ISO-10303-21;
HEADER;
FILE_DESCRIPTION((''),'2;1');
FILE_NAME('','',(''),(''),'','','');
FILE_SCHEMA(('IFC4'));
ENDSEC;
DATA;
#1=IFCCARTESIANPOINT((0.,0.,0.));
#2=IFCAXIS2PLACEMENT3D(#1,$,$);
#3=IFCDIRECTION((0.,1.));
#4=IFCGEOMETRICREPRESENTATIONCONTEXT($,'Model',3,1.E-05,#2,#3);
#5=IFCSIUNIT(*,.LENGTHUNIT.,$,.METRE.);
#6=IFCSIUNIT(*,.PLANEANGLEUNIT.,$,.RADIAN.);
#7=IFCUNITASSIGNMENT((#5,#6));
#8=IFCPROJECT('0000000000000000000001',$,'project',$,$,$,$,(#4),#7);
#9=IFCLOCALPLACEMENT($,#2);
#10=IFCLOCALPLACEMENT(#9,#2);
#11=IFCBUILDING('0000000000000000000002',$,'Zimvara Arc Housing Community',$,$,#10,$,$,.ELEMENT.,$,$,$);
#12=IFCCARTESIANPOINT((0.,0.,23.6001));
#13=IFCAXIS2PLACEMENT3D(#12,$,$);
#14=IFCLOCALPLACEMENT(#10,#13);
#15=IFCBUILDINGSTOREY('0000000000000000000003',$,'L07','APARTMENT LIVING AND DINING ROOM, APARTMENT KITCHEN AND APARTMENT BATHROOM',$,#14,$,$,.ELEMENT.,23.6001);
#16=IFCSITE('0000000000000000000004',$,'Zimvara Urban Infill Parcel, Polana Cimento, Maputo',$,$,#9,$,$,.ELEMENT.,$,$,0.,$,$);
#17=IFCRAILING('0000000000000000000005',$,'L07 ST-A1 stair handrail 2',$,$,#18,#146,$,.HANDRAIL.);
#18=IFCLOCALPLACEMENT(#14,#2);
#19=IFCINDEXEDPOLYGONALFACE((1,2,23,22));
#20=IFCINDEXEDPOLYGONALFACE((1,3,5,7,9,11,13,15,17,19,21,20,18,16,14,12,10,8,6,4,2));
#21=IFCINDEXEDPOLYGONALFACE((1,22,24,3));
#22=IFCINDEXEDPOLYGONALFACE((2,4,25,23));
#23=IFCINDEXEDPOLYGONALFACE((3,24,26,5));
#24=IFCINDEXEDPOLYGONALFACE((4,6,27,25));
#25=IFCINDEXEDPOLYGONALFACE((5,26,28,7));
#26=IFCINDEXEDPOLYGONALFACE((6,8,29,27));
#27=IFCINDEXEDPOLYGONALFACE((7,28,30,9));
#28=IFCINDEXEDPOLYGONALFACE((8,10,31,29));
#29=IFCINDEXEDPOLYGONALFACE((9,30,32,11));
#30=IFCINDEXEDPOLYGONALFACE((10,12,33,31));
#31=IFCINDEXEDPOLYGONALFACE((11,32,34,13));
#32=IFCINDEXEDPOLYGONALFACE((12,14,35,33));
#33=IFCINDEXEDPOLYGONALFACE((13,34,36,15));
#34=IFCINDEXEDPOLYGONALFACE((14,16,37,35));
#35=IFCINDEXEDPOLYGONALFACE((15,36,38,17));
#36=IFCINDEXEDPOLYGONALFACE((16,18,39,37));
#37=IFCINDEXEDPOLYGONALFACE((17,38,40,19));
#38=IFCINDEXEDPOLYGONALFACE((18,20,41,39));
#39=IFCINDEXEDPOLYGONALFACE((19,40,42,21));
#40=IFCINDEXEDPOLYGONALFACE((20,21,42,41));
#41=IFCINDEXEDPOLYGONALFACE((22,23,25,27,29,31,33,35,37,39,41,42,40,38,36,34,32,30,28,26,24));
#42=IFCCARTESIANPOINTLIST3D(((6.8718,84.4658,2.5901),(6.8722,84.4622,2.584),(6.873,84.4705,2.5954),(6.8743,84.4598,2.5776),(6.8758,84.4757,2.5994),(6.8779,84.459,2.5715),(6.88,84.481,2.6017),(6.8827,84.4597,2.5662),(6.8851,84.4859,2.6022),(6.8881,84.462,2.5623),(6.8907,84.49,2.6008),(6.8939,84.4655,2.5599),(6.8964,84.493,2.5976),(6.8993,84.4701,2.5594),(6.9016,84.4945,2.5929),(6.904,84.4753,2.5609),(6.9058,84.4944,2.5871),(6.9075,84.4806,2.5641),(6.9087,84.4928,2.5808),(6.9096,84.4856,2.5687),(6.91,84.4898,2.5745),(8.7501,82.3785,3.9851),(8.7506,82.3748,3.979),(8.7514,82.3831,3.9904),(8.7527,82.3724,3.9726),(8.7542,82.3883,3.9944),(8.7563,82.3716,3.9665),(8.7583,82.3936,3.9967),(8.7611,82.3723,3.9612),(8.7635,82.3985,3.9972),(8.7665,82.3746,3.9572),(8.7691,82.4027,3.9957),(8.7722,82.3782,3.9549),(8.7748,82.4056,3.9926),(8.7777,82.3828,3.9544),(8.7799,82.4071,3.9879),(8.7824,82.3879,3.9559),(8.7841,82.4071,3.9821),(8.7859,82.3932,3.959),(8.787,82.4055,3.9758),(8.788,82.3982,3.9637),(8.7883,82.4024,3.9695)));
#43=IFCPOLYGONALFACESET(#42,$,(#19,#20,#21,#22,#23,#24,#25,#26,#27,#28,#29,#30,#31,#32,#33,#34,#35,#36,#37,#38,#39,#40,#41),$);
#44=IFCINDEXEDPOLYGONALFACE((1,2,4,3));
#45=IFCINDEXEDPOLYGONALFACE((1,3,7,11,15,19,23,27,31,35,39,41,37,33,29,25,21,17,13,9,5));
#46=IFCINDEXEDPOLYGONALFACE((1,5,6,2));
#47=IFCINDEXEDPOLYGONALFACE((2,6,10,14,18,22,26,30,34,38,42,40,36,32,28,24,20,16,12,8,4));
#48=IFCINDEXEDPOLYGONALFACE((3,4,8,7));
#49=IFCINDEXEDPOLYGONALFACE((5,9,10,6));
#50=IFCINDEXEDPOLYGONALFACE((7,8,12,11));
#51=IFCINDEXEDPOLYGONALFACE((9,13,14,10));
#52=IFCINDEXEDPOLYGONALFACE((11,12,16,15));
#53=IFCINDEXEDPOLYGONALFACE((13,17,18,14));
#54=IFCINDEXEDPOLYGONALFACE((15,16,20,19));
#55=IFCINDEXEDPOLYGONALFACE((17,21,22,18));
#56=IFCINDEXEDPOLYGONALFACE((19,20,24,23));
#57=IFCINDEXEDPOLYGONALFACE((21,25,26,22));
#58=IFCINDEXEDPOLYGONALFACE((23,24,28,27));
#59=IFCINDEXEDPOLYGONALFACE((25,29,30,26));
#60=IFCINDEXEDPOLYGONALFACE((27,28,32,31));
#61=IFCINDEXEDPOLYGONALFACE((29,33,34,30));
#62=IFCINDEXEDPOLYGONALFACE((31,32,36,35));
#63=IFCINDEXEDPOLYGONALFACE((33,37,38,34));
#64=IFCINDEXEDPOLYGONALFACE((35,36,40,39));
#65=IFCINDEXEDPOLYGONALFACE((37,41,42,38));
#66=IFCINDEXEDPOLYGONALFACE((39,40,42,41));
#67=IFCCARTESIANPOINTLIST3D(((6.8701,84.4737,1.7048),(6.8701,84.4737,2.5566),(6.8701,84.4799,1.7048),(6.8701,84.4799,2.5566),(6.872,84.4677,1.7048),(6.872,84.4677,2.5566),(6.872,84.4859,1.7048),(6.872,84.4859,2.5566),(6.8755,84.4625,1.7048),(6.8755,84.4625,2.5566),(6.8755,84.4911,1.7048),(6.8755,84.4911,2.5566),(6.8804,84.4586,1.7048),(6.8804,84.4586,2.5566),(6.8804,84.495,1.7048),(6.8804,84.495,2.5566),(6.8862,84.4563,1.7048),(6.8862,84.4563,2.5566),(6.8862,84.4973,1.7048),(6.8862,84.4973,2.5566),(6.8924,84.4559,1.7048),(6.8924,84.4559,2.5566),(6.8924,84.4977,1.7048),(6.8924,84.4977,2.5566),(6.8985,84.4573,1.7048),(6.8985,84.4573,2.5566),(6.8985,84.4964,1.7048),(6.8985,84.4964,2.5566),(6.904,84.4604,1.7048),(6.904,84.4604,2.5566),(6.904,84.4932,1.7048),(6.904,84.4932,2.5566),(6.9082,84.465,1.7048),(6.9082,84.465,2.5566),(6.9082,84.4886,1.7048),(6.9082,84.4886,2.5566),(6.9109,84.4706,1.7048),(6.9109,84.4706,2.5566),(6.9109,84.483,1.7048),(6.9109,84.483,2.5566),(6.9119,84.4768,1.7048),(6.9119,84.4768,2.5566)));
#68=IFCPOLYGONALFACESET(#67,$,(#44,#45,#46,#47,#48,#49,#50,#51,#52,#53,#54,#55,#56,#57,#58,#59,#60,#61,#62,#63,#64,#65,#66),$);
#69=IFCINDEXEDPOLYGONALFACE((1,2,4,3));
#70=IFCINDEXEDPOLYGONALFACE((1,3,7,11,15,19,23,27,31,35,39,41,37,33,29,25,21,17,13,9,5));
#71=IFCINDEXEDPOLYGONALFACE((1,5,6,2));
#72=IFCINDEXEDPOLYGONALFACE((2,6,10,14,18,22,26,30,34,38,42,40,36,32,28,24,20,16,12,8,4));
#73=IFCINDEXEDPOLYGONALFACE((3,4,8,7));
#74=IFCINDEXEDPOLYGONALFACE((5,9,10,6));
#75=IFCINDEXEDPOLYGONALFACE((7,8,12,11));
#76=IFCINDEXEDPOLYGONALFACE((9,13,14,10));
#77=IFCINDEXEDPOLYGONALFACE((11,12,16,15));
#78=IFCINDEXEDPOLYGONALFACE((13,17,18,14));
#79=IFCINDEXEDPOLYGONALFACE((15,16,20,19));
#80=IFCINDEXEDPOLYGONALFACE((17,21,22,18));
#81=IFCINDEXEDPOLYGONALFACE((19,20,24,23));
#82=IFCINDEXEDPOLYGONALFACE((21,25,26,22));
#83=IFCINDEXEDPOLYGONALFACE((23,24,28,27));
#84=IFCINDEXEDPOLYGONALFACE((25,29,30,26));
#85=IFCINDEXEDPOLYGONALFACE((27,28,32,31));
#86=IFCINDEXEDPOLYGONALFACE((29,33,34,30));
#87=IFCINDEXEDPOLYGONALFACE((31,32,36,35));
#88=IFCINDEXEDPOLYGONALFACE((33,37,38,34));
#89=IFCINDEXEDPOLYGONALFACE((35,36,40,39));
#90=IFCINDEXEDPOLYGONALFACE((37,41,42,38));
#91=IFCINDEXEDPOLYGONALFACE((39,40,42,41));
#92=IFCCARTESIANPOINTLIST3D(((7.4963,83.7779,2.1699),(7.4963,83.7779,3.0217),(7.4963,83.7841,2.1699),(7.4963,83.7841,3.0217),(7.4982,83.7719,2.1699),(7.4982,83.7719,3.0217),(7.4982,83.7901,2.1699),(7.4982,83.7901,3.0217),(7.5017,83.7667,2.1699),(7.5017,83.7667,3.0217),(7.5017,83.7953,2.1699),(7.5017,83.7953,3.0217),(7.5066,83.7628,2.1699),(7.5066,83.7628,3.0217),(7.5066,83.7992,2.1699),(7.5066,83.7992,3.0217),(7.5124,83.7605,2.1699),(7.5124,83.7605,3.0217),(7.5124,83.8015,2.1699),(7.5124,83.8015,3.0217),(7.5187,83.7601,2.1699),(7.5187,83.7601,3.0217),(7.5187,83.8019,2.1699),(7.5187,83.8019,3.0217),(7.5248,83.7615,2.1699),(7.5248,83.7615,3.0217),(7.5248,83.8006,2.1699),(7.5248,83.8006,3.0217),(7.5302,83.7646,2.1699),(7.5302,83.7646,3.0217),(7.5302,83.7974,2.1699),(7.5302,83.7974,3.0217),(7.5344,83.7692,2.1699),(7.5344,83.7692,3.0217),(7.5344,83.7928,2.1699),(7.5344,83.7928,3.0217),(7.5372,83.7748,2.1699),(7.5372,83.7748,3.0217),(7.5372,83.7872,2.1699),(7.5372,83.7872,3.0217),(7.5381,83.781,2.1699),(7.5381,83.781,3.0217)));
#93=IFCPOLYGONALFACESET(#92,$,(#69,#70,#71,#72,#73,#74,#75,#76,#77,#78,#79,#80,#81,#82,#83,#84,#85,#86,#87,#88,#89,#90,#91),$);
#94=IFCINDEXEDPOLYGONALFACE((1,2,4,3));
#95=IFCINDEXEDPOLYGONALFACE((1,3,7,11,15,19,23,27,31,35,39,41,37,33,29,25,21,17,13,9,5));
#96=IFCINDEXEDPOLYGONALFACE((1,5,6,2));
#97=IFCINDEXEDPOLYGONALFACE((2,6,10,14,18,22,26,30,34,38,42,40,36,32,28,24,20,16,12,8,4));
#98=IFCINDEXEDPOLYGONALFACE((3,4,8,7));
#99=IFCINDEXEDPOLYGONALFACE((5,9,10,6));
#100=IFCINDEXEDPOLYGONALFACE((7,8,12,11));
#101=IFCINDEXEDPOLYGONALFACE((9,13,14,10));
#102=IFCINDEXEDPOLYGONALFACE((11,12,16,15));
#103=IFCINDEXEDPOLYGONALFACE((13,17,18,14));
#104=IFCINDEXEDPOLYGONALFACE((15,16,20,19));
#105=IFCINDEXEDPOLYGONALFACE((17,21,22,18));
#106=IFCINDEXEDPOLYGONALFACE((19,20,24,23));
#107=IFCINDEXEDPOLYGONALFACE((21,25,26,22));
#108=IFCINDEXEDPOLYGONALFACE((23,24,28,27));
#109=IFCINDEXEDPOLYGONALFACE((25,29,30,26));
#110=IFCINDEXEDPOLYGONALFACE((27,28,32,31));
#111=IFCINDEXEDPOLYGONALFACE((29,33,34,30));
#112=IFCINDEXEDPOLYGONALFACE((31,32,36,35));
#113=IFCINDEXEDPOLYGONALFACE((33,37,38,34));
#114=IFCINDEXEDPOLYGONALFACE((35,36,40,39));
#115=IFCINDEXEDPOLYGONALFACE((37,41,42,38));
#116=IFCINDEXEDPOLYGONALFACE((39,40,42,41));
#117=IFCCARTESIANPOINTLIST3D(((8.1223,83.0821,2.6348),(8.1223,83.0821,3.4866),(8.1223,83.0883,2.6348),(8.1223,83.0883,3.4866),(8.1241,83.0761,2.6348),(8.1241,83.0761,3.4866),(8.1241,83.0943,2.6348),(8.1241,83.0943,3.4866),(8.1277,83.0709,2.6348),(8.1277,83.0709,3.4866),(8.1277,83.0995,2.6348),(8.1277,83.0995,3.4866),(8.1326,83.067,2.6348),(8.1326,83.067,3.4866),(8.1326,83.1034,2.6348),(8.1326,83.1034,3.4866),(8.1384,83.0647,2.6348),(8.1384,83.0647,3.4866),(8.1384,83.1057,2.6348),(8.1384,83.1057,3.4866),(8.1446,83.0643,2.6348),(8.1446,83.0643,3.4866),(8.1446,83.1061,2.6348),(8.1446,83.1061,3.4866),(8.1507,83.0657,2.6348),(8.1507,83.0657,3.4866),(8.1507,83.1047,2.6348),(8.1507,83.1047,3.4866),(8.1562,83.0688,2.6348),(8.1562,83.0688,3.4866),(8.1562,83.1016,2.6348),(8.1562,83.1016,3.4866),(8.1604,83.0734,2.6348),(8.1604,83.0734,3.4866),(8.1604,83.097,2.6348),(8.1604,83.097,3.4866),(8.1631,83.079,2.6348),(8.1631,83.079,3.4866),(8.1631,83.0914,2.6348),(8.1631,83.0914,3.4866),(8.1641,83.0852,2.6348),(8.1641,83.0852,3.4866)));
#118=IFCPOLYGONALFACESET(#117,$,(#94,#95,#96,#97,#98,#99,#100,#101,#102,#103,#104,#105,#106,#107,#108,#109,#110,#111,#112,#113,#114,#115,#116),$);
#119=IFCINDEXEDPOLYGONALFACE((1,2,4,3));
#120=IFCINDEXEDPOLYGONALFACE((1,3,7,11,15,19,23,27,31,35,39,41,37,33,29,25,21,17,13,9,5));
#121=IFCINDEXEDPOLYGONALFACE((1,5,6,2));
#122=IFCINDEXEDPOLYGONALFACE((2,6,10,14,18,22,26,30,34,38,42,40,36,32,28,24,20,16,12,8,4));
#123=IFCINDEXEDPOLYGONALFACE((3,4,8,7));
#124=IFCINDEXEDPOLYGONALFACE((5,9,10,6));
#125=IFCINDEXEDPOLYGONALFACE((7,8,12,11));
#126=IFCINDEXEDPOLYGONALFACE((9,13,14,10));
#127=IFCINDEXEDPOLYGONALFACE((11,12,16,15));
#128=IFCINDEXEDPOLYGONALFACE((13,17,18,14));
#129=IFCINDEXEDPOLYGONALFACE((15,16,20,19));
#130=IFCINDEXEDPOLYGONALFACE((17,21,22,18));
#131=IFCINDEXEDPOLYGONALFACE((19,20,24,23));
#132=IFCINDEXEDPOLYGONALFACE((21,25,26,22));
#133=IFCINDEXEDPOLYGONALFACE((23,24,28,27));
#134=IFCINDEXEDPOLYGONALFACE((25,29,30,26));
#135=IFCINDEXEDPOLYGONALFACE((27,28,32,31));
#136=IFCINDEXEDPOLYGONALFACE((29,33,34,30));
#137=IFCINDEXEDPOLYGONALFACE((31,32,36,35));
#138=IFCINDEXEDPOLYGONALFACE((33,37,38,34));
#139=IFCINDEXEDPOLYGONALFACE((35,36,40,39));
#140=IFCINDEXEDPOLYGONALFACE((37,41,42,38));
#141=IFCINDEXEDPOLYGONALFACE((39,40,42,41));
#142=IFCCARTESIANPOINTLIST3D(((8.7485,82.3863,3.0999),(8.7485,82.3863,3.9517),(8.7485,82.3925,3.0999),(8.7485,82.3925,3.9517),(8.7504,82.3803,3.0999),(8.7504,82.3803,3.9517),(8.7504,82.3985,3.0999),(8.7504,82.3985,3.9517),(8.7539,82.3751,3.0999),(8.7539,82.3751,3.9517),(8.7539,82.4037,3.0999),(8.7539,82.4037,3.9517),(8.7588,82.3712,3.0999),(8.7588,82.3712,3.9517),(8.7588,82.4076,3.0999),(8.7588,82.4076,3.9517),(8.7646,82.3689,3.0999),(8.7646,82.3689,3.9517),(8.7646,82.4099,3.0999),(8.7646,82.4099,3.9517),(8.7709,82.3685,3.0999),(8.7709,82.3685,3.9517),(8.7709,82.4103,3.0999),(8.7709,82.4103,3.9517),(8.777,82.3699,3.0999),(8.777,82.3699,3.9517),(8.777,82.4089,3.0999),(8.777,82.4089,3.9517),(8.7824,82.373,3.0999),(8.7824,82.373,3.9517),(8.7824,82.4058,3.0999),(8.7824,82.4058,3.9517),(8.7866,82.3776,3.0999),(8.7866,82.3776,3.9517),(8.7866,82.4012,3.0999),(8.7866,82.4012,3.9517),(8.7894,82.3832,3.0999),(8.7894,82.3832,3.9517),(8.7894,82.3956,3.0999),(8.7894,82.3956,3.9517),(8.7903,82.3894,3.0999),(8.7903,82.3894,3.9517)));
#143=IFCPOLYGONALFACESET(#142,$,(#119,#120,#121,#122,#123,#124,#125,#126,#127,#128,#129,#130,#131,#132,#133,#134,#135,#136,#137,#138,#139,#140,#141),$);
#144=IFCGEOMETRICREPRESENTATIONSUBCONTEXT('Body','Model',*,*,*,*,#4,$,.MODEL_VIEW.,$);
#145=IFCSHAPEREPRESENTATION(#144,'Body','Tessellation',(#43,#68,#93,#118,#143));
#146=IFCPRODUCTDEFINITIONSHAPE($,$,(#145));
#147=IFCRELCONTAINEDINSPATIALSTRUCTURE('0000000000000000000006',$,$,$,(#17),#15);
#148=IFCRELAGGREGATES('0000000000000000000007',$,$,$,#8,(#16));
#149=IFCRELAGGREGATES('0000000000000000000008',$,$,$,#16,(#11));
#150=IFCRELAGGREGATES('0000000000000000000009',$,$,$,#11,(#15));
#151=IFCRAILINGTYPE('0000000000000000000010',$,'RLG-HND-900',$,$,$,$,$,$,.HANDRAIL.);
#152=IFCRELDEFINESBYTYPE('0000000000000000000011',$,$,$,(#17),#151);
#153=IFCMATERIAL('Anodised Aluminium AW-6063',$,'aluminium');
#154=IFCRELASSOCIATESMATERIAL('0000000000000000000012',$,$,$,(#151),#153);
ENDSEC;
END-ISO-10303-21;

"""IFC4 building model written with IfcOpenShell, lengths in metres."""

from ifc_helpers import new_model, si_unit, direction, frame, origin, origin_2d, place, context, subcontext, project, spatial, circle, extrude, material, type_object, element, save


model = new_model("IFC4")

# Units and contexts
model_context = context("Model", 3, precision=1e-05, world=origin(), true_north=direction((0.0, 1.0)))
body_context = subcontext(model_context, "Body", "Model", "MODEL_VIEW")
ifc_project = project(units=[si_unit("LENGTHUNIT", "METRE"), si_unit("PLANEANGLEUNIT", "RADIAN")], contexts=[model_context])

# Site, building, storey
site_placement = place(None, origin())
site = spatial("IfcSite", under=ifc_project, at=site_placement, Name="Zimvara Urban Infill Parcel, Polana Cimento, Maputo", CompositionType="ELEMENT", RefElevation=0.0)
building_placement = place(site_placement, origin())
building = spatial("IfcBuilding", under=site, at=building_placement, Name="Zimvara Arc Housing Community", CompositionType="ELEMENT")
storey_placement = place(building_placement, frame((0.0, 0.0, 23.6001)))
storey = spatial("IfcBuildingStorey", under=building, at=storey_placement, Name="L07", Description="APARTMENT LIVING AND DINING ROOM, APARTMENT KITCHEN AND APARTMENT BATHROOM", CompositionType="ELEMENT", Elevation=23.6001)

# Railing
ifc_material_1 = material(Name="Anodised Aluminium AW-6063", Category="aluminium")
railing_type_1 = type_object("IfcRailingType", Name="RLG-HND-900", PredefinedType="HANDRAIL", material=ifc_material_1)
railing_1_placement = place(storey_placement, frame((6.8909, 84.4768, 1.7048)))
element("IfcRailing", 1, at=railing_1_placement, inside=storey, type_object=railing_type_1, Name="L07 ST-A1 stair handrail 2", PredefinedType="HANDRAIL", context=body_context, shape_type="SweptSolid", body=[
    extrude(circle(Radius=0.0239, at=origin_2d()), frame((0.0, 0.0, 0.876), z_axis=(0.599068, -0.665718, 0.444902), x_axis=(0.743337, 0.668917, 0.0)), (0.0, 0.0, 1.0), 3.1355),
    extrude(circle(Radius=0.021, at=origin_2d()), origin(), (0.0, 0.0, 1.0), 0.8518),
    extrude(circle(Radius=0.021, at=origin_2d()), frame((0.6262, -0.6958, 0.4651)), (0.0, 0.0, 1.0), 0.8518),
    extrude(circle(Radius=0.021, at=origin_2d()), frame((1.2522, -1.3916, 0.9299)), (0.0, 0.0, 1.0), 0.8518),
    extrude(circle(Radius=0.021, at=origin_2d()), frame((1.8784, -2.0874, 1.395)), (0.0, 0.0, 1.0), 0.8518),
])

save(model, "model.ifc")
